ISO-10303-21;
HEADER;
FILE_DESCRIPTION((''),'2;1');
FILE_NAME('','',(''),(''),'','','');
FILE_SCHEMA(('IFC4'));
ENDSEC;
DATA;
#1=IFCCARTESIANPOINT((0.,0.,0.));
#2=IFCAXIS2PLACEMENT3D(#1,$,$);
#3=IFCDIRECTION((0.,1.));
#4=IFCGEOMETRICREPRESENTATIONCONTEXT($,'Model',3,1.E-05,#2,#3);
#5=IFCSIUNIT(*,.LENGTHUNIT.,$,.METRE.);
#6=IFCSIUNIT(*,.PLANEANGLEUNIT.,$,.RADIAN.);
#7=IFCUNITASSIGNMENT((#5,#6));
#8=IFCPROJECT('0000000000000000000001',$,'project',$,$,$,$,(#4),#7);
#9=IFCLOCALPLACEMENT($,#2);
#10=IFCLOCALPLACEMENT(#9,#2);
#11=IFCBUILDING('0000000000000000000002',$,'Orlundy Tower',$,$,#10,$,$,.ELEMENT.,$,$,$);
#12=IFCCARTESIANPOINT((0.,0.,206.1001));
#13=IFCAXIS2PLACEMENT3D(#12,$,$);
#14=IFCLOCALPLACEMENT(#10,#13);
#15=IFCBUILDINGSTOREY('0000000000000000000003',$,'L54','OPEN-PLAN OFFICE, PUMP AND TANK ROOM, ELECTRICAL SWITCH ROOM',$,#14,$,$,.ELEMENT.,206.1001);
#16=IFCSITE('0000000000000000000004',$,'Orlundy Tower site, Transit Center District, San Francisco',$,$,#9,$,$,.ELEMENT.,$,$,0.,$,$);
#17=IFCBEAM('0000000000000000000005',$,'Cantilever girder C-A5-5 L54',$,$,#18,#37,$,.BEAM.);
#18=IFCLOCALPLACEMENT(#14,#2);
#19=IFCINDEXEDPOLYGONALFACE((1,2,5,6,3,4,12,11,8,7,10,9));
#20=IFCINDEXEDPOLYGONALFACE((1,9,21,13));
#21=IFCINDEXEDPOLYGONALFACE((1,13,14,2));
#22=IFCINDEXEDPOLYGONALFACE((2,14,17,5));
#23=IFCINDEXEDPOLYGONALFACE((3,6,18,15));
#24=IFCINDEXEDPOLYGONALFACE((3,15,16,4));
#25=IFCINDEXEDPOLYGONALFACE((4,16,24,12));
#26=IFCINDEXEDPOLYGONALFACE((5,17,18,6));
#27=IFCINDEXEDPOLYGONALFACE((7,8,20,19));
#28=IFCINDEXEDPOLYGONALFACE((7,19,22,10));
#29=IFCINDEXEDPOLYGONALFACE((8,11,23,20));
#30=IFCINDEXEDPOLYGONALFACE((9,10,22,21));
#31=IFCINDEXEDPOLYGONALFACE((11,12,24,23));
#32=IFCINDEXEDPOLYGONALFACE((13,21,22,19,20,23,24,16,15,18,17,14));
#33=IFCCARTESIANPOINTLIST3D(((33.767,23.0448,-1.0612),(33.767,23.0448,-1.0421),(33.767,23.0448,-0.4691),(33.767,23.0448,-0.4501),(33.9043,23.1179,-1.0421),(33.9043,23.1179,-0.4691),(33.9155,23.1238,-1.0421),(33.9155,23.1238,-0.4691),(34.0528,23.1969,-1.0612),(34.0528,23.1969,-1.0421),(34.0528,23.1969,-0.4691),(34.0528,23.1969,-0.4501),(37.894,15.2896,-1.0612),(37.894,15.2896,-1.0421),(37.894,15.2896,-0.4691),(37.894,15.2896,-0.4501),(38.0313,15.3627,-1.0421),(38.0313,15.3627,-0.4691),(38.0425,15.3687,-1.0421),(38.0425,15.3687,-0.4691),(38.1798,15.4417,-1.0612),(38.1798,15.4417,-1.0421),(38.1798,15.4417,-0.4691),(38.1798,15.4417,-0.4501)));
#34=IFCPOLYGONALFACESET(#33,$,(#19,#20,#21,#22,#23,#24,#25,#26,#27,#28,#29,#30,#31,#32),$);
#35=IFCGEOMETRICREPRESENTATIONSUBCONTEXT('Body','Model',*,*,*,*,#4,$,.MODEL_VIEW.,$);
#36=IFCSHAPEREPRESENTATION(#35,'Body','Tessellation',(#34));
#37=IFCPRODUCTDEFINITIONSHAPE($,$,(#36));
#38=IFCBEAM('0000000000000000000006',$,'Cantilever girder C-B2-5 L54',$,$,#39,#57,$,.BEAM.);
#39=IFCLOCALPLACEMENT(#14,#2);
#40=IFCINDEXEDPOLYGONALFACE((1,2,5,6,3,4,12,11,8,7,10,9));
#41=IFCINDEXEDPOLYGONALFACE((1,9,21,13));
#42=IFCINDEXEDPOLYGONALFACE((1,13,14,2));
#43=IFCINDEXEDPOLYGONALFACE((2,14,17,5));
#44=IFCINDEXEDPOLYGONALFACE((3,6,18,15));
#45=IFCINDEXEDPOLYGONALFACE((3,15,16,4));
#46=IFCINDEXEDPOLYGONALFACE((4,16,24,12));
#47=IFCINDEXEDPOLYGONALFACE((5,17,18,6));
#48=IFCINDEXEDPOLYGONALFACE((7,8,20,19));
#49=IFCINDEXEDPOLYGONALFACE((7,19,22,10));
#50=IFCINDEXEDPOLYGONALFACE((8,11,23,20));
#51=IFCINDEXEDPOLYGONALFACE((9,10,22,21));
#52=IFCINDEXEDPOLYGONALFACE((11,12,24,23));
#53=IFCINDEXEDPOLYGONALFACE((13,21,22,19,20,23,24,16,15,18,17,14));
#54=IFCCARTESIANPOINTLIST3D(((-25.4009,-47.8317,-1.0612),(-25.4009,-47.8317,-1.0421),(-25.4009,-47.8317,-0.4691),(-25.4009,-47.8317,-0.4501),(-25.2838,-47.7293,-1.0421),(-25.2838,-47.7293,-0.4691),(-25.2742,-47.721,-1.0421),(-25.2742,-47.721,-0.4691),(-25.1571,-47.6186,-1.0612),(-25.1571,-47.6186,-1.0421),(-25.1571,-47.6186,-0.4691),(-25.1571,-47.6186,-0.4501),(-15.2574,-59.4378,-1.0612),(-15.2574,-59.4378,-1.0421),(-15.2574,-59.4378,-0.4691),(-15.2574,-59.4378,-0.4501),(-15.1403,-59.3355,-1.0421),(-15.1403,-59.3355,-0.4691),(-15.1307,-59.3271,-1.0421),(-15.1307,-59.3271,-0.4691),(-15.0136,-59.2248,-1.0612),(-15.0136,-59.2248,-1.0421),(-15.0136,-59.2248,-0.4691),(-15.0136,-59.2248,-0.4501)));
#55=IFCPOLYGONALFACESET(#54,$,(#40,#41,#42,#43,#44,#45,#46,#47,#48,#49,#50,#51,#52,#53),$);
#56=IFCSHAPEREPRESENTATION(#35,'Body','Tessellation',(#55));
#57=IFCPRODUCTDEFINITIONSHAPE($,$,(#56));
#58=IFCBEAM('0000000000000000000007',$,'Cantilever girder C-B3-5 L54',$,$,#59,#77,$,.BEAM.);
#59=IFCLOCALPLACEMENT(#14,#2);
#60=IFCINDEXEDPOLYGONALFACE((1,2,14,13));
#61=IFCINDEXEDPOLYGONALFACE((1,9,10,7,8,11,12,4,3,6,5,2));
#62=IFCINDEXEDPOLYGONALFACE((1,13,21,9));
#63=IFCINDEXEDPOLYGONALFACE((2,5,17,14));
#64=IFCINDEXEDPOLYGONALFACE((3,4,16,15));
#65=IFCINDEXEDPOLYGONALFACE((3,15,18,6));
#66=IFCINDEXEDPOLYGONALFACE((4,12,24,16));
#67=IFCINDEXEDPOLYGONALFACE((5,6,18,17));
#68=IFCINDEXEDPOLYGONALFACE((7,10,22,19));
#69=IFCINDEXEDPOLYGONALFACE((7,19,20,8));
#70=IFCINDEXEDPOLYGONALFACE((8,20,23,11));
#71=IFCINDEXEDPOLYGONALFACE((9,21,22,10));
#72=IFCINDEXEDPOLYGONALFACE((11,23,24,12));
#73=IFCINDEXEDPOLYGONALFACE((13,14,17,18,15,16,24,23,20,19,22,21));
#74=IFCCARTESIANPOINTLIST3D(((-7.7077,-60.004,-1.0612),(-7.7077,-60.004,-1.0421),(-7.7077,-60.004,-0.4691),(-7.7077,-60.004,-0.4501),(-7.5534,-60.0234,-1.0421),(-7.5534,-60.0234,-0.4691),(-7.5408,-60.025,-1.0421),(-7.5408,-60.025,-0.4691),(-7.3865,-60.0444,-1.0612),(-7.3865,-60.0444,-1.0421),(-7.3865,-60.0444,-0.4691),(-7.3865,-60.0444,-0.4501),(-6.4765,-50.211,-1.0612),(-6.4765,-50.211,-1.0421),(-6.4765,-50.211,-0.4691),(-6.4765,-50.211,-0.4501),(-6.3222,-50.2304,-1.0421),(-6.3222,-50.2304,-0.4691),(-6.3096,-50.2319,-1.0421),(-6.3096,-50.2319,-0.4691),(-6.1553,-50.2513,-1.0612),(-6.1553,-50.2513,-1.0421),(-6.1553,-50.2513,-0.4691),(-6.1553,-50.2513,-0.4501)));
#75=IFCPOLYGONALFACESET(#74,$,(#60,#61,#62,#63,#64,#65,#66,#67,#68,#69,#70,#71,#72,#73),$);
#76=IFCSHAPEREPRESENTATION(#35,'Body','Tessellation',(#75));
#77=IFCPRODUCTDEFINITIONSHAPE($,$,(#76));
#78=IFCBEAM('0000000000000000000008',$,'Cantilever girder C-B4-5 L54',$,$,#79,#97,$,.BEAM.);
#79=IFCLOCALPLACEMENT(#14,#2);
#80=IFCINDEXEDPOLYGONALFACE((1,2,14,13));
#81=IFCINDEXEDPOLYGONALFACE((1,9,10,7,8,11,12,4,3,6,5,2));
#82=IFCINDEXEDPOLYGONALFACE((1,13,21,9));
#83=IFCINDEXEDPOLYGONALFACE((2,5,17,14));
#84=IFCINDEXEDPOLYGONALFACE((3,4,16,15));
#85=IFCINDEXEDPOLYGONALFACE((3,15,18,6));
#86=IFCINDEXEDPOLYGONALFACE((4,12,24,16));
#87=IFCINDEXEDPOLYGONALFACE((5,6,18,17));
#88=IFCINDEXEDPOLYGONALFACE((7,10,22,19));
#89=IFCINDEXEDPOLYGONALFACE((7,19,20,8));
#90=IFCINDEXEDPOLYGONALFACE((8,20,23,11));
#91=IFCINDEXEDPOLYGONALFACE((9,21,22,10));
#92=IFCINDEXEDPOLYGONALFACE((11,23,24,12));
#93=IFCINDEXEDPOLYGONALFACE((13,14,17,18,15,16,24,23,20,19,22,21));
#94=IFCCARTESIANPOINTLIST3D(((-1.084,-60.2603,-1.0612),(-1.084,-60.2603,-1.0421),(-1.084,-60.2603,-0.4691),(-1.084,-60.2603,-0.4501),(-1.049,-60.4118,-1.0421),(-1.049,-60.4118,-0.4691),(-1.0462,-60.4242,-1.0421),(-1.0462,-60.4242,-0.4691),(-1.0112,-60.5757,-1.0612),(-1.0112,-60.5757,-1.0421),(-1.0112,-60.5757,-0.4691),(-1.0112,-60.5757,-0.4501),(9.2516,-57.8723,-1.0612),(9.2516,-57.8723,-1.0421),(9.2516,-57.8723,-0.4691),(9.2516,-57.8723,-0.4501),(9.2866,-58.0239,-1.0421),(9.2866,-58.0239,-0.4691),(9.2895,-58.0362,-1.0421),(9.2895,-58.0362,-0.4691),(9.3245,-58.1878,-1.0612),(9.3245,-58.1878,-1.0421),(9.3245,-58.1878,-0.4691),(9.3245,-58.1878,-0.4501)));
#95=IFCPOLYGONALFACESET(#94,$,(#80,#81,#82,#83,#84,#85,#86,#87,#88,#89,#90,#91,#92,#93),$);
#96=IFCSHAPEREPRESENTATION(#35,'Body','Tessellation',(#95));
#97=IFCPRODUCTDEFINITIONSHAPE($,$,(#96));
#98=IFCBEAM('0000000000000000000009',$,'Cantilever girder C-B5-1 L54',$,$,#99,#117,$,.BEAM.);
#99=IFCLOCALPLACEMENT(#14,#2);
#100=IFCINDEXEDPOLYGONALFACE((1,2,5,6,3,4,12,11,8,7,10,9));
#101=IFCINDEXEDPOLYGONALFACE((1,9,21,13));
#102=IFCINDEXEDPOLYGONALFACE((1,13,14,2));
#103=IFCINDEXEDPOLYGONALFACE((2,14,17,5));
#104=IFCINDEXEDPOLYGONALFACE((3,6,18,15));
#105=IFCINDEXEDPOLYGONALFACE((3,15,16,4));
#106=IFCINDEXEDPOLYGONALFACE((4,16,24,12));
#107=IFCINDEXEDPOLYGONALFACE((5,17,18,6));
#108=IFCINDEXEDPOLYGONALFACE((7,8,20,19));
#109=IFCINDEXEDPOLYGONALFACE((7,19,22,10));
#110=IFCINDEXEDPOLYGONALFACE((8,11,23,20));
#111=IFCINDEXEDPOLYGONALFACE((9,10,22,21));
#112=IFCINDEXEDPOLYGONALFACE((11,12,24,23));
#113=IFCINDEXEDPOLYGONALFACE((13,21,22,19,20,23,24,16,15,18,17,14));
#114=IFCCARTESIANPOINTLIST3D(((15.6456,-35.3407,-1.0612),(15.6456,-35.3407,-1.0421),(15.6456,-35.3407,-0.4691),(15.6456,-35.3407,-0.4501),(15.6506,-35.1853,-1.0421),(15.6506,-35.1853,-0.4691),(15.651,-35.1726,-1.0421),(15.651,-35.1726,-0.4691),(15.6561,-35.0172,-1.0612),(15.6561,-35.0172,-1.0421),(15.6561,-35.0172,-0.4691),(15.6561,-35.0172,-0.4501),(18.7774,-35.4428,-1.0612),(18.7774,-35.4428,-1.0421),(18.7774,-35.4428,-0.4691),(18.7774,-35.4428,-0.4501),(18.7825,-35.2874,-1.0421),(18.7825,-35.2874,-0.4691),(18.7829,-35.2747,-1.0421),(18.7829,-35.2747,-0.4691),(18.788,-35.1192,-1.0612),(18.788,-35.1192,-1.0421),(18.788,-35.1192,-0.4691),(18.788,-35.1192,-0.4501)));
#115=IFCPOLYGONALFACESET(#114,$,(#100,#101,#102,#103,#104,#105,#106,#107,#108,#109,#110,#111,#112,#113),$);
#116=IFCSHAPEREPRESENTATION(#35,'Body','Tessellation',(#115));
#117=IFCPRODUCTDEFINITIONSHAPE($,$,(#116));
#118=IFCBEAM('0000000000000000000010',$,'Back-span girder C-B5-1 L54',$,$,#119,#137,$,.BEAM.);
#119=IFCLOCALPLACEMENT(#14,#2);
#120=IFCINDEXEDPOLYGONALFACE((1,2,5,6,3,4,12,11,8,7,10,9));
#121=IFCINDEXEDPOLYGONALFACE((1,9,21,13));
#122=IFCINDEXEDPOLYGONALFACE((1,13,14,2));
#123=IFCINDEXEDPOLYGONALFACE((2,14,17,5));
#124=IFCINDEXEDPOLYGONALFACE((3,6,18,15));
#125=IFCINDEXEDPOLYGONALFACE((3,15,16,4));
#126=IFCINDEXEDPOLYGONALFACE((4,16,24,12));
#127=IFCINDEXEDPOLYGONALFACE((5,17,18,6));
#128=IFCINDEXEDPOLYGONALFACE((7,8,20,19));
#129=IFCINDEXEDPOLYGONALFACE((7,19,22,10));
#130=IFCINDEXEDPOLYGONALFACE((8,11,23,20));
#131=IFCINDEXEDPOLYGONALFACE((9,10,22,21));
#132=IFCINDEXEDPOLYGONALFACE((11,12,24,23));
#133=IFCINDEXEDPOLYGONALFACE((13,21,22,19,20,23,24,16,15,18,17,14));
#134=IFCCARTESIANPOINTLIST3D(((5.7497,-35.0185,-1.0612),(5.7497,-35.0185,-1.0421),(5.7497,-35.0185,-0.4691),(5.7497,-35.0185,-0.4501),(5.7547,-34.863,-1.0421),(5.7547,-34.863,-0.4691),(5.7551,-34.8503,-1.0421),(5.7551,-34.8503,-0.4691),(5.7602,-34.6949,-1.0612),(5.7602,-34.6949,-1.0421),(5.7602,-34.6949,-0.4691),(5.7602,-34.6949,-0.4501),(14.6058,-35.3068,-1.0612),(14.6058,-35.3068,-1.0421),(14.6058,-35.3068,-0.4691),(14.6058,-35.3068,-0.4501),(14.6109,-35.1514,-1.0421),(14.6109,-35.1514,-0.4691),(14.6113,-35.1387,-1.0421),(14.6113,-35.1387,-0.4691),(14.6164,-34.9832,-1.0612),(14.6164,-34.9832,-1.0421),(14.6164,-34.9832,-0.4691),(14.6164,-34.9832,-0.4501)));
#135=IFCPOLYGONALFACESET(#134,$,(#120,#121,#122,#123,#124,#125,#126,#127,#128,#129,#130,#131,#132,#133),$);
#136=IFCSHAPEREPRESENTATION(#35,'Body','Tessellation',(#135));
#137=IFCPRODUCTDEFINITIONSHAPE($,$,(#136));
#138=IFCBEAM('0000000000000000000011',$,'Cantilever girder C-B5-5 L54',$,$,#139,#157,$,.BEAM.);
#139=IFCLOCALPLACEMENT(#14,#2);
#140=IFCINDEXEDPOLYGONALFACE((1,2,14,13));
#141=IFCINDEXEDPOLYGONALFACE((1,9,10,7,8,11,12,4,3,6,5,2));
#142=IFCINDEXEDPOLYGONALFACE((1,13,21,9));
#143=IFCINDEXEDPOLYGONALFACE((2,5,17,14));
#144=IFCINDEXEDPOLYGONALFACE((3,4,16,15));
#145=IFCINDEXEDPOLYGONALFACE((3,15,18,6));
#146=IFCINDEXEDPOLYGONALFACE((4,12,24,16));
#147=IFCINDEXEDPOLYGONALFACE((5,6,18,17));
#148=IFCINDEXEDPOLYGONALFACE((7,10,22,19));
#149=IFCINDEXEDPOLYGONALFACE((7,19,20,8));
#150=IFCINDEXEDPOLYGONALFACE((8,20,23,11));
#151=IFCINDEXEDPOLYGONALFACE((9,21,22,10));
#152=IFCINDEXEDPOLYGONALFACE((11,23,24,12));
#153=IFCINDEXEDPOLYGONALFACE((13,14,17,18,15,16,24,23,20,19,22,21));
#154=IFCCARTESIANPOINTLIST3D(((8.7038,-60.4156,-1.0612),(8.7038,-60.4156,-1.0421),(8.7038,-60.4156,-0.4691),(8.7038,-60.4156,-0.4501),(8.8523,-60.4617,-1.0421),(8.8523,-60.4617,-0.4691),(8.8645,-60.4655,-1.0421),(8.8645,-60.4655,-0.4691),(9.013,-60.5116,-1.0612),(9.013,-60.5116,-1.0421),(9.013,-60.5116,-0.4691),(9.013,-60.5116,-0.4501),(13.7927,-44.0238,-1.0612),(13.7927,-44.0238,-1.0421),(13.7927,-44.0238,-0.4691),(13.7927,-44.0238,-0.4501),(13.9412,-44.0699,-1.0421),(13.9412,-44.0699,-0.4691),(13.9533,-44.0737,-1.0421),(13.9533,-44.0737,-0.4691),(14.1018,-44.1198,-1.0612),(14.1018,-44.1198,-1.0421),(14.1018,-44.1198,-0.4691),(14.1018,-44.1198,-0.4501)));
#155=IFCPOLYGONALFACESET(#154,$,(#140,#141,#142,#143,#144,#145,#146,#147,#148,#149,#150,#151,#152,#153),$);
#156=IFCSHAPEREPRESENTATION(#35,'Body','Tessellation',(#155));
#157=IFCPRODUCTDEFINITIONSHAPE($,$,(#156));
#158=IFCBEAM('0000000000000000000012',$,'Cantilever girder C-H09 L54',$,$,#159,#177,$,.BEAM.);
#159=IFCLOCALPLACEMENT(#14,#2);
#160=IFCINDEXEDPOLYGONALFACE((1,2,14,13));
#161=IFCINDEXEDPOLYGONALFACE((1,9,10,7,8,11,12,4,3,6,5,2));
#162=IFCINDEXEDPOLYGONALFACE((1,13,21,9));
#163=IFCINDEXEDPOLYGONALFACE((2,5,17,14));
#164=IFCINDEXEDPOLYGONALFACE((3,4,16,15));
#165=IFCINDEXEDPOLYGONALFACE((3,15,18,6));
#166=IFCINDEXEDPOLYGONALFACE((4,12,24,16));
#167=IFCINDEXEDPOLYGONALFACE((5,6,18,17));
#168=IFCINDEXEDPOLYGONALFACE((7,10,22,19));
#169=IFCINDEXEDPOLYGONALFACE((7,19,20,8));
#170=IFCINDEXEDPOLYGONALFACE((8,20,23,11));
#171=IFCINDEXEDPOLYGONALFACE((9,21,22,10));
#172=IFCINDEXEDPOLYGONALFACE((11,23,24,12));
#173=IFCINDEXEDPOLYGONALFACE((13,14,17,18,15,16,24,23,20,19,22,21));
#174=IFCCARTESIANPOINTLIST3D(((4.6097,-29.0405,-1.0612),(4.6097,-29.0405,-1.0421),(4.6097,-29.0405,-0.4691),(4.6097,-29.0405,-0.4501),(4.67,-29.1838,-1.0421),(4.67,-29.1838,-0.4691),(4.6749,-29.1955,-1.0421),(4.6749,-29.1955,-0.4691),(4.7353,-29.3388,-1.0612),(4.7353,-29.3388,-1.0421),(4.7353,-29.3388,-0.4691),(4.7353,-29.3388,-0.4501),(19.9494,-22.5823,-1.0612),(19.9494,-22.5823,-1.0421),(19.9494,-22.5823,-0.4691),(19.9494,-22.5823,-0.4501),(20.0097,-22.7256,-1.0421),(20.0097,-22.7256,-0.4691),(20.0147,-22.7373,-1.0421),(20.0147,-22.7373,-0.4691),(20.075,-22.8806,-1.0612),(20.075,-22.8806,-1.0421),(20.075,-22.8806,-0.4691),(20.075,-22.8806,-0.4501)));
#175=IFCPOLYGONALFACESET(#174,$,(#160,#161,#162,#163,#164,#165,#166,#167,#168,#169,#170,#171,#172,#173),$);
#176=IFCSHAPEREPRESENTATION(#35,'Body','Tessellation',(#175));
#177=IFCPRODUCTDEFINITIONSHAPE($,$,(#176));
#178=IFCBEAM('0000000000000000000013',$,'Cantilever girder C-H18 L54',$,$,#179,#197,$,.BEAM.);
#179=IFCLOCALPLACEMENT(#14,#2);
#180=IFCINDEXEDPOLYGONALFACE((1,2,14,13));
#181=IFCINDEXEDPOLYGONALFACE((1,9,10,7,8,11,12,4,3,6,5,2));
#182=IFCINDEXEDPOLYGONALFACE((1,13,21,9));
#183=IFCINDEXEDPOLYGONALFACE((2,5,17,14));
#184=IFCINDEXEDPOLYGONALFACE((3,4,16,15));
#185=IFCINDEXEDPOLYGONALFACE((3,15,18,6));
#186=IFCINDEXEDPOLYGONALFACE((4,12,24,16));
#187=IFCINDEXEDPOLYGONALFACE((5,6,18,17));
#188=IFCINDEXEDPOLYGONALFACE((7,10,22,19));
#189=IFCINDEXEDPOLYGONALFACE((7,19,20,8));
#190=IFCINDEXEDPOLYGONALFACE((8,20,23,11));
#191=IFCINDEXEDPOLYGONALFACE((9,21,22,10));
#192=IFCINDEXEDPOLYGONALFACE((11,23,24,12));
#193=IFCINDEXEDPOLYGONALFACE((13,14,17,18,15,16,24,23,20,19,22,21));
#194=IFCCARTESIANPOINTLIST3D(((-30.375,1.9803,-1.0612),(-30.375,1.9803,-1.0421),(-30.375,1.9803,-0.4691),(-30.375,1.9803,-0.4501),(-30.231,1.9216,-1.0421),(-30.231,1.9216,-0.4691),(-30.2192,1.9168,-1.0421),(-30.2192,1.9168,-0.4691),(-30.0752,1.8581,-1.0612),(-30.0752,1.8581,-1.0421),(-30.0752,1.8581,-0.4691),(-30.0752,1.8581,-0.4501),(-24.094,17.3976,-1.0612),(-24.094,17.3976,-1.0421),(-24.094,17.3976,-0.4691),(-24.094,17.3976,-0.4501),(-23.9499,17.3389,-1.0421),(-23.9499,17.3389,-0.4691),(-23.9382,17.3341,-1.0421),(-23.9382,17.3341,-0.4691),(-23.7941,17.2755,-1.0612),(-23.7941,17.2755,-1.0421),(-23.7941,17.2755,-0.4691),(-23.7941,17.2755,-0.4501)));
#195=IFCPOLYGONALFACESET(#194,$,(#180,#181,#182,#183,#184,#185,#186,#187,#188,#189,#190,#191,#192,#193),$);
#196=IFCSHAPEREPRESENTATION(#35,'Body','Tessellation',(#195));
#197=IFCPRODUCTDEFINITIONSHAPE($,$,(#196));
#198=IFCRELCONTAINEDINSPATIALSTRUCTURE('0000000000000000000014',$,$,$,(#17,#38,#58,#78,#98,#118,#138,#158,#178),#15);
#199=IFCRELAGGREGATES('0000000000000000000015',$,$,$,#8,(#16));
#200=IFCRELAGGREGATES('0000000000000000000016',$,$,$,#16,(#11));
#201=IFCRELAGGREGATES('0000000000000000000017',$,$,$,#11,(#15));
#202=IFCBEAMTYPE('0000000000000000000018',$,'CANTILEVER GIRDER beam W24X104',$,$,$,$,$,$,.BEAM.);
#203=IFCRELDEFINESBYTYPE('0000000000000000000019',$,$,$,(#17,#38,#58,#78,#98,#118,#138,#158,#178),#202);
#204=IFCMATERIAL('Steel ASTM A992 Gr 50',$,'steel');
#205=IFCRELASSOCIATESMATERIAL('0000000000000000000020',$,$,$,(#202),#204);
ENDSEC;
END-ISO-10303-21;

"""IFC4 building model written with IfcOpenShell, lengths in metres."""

from ifc_helpers import new_model, si_unit, direction, frame, origin, origin_2d, place, context, subcontext, project, spatial, i_section, extrude, material, material_profile, profile_set, type_object, element, save


model = new_model("IFC4")

# Units and contexts
model_context = context("Model", 3, precision=1e-05, world=origin(), true_north=direction((0.0, 1.0)))
body_context = subcontext(model_context, "Body", "Model", "MODEL_VIEW")
ifc_project = project(units=[si_unit("LENGTHUNIT", "METRE"), si_unit("PLANEANGLEUNIT", "RADIAN")], contexts=[model_context])

# Site, building, storey
site_placement = place(None, origin())
site = spatial("IfcSite", under=ifc_project, at=site_placement, Name="Orlundy Tower site, Transit Center District, San Francisco", CompositionType="ELEMENT", RefElevation=0.0)
building_placement = place(site_placement, origin())
building = spatial("IfcBuilding", under=site, at=building_placement, Name="Orlundy Tower", CompositionType="ELEMENT")
storey_placement = place(building_placement, frame((0.0, 0.0, 206.1001)))
storey = spatial("IfcBuildingStorey", under=building, at=storey_placement, Name="L54", Description="OPEN-PLAN OFFICE, PUMP AND TANK ROOM, ELECTRICAL SWITCH ROOM", CompositionType="ELEMENT", Elevation=206.1001)

# Beams
ifc_material_1 = material(Name="Steel ASTM A992 Gr 50", Category="steel")
ifc_material_profile_1 = material_profile(ifc_material_1, i_section(OverallWidth=0.3237, OverallDepth=0.6111, WebThickness=0.0127, FlangeThickness=0.019, at=origin_2d()), Name="W24X104")
ifc_profile_set_1 = profile_set([ifc_material_profile_1], Name="Steel ASTM A992 Gr 50")
beam_type_1 = type_object("IfcBeamType", Name="CANTILEVER GIRDER beam W24X104", PredefinedType="BEAM", material=ifc_profile_set_1)
beam_1_placement = place(storey_placement, frame((33.9099, 23.1208, -0.7556), z_axis=(0.46978, -0.882783, 0.0), x_axis=(0.882783, 0.46978, 0.0)))
element("IfcBeam", 1, at=beam_1_placement, inside=storey, type_object=beam_type_1, Name="Cantilever girder C-A5-5 L54", PredefinedType="BEAM", context=body_context, shape_type="SweptSolid", body=[
    extrude(i_section(OverallWidth=0.3237, OverallDepth=0.6111, WebThickness=0.0127, FlangeThickness=0.019, at=origin_2d()), origin(), (0.0, 0.0, 1.0), 8.7849),
])
beam_2_placement = place(storey_placement, frame((-15.1355, -59.3313, -0.7556), z_axis=(-0.658068, 0.752958, 0.0), x_axis=(-0.752958, -0.658068, 0.0)))
element("IfcBeam", 2, at=beam_2_placement, inside=storey, type_object=beam_type_1, Name="Cantilever girder C-B2-5 L54", PredefinedType="BEAM", context=body_context, shape_type="SweptSolid", body=[
    extrude(i_section(OverallWidth=0.3237, OverallDepth=0.6111, WebThickness=0.0127, FlangeThickness=0.019, at=origin_2d()), origin(), (0.0, 0.0, 1.0), 15.4141),
])
beam_3_placement = place(storey_placement, frame((-7.5471, -60.0242, -0.7556), z_axis=(0.124741, 0.992189, 0.0), x_axis=(-0.992189, 0.124741, 0.0)))
element("IfcBeam", 3, at=beam_3_placement, inside=storey, type_object=beam_type_1, Name="Cantilever girder C-B3-5 L54", PredefinedType="BEAM", context=body_context, shape_type="SweptSolid", body=[
    extrude(i_section(OverallWidth=0.3237, OverallDepth=0.6111, WebThickness=0.0127, FlangeThickness=0.019, at=origin_2d()), origin(), (0.0, 0.0, 1.0), 9.8701),
])
beam_4_placement = place(storey_placement, frame((-1.0476, -60.418, -0.7556), z_axis=(0.974334, 0.225108, 0.0), x_axis=(-0.225108, 0.974334, 0.0)))
element("IfcBeam", 4, at=beam_4_placement, inside=storey, type_object=beam_type_1, Name="Cantilever girder C-B4-5 L54", PredefinedType="BEAM", context=body_context, shape_type="SweptSolid", body=[
    extrude(i_section(OverallWidth=0.3237, OverallDepth=0.6111, WebThickness=0.0127, FlangeThickness=0.019, at=origin_2d()), origin(), (0.0, 0.0, 1.0), 10.6079),
])
beam_5_placement = place(storey_placement, frame((18.7827, -35.281, -0.7556), z_axis=(-0.99947, 0.032568, 0.0), x_axis=(-0.032568, -0.99947, 0.0)))
element("IfcBeam", 5, at=beam_5_placement, inside=storey, type_object=beam_type_1, Name="Cantilever girder C-B5-1 L54", PredefinedType="BEAM", context=body_context, shape_type="SweptSolid", body=[
    extrude(i_section(OverallWidth=0.3237, OverallDepth=0.6111, WebThickness=0.0127, FlangeThickness=0.019, at=origin_2d()), origin(), (0.0, 0.0, 1.0), 3.1335),
])
beam_6_placement = place(storey_placement, frame((14.6111, -35.145, -0.7556), z_axis=(-0.99947, 0.03254, 0.0), x_axis=(-0.03254, -0.99947, 0.0)))
element("IfcBeam", 6, at=beam_6_placement, inside=storey, type_object=beam_type_1, Name="Back-span girder C-B5-1 L54", PredefinedType="BEAM", context=body_context, shape_type="SweptSolid", body=[
    extrude(i_section(OverallWidth=0.3237, OverallDepth=0.6111, WebThickness=0.0127, FlangeThickness=0.019, at=origin_2d()), origin(), (0.0, 0.0, 1.0), 8.8608),
])
beam_7_placement = place(storey_placement, frame((8.8584, -60.4636, -0.7556), z_axis=(0.296492, 0.955035, 0.0), x_axis=(-0.955035, 0.296492, 0.0)))
element("IfcBeam", 7, at=beam_7_placement, inside=storey, type_object=beam_type_1, Name="Cantilever girder C-B5-5 L54", PredefinedType="BEAM", context=body_context, shape_type="SweptSolid", body=[
    extrude(i_section(OverallWidth=0.3237, OverallDepth=0.6111, WebThickness=0.0127, FlangeThickness=0.019, at=origin_2d()), origin(), (0.0, 0.0, 1.0), 17.1636),
])
beam_8_placement = place(storey_placement, frame((20.0122, -22.7314, -0.7556), z_axis=(-0.921649, -0.388025, 0.0), x_axis=(0.388025, -0.921649, 0.0)))
element("IfcBeam", 8, at=beam_8_placement, inside=storey, type_object=beam_type_1, Name="Cantilever girder C-H09 L54", PredefinedType="BEAM", context=body_context, shape_type="SweptSolid", body=[
    extrude(i_section(OverallWidth=0.3237, OverallDepth=0.6111, WebThickness=0.0127, FlangeThickness=0.019, at=origin_2d()), origin(), (0.0, 0.0, 1.0), 16.6438),
])
beam_9_placement = place(storey_placement, frame((-30.2251, 1.9192, -0.7556), z_axis=(0.377292, 0.926094, 0.0), x_axis=(-0.926094, 0.377292, 0.0)))
element("IfcBeam", 9, at=beam_9_placement, inside=storey, type_object=beam_type_1, Name="Cantilever girder C-H18 L54", PredefinedType="BEAM", context=body_context, shape_type="SweptSolid", body=[
    extrude(i_section(OverallWidth=0.3237, OverallDepth=0.6111, WebThickness=0.0127, FlangeThickness=0.019, at=origin_2d()), origin(), (0.0, 0.0, 1.0), 16.6477),
])

save(model, "model.ifc")
